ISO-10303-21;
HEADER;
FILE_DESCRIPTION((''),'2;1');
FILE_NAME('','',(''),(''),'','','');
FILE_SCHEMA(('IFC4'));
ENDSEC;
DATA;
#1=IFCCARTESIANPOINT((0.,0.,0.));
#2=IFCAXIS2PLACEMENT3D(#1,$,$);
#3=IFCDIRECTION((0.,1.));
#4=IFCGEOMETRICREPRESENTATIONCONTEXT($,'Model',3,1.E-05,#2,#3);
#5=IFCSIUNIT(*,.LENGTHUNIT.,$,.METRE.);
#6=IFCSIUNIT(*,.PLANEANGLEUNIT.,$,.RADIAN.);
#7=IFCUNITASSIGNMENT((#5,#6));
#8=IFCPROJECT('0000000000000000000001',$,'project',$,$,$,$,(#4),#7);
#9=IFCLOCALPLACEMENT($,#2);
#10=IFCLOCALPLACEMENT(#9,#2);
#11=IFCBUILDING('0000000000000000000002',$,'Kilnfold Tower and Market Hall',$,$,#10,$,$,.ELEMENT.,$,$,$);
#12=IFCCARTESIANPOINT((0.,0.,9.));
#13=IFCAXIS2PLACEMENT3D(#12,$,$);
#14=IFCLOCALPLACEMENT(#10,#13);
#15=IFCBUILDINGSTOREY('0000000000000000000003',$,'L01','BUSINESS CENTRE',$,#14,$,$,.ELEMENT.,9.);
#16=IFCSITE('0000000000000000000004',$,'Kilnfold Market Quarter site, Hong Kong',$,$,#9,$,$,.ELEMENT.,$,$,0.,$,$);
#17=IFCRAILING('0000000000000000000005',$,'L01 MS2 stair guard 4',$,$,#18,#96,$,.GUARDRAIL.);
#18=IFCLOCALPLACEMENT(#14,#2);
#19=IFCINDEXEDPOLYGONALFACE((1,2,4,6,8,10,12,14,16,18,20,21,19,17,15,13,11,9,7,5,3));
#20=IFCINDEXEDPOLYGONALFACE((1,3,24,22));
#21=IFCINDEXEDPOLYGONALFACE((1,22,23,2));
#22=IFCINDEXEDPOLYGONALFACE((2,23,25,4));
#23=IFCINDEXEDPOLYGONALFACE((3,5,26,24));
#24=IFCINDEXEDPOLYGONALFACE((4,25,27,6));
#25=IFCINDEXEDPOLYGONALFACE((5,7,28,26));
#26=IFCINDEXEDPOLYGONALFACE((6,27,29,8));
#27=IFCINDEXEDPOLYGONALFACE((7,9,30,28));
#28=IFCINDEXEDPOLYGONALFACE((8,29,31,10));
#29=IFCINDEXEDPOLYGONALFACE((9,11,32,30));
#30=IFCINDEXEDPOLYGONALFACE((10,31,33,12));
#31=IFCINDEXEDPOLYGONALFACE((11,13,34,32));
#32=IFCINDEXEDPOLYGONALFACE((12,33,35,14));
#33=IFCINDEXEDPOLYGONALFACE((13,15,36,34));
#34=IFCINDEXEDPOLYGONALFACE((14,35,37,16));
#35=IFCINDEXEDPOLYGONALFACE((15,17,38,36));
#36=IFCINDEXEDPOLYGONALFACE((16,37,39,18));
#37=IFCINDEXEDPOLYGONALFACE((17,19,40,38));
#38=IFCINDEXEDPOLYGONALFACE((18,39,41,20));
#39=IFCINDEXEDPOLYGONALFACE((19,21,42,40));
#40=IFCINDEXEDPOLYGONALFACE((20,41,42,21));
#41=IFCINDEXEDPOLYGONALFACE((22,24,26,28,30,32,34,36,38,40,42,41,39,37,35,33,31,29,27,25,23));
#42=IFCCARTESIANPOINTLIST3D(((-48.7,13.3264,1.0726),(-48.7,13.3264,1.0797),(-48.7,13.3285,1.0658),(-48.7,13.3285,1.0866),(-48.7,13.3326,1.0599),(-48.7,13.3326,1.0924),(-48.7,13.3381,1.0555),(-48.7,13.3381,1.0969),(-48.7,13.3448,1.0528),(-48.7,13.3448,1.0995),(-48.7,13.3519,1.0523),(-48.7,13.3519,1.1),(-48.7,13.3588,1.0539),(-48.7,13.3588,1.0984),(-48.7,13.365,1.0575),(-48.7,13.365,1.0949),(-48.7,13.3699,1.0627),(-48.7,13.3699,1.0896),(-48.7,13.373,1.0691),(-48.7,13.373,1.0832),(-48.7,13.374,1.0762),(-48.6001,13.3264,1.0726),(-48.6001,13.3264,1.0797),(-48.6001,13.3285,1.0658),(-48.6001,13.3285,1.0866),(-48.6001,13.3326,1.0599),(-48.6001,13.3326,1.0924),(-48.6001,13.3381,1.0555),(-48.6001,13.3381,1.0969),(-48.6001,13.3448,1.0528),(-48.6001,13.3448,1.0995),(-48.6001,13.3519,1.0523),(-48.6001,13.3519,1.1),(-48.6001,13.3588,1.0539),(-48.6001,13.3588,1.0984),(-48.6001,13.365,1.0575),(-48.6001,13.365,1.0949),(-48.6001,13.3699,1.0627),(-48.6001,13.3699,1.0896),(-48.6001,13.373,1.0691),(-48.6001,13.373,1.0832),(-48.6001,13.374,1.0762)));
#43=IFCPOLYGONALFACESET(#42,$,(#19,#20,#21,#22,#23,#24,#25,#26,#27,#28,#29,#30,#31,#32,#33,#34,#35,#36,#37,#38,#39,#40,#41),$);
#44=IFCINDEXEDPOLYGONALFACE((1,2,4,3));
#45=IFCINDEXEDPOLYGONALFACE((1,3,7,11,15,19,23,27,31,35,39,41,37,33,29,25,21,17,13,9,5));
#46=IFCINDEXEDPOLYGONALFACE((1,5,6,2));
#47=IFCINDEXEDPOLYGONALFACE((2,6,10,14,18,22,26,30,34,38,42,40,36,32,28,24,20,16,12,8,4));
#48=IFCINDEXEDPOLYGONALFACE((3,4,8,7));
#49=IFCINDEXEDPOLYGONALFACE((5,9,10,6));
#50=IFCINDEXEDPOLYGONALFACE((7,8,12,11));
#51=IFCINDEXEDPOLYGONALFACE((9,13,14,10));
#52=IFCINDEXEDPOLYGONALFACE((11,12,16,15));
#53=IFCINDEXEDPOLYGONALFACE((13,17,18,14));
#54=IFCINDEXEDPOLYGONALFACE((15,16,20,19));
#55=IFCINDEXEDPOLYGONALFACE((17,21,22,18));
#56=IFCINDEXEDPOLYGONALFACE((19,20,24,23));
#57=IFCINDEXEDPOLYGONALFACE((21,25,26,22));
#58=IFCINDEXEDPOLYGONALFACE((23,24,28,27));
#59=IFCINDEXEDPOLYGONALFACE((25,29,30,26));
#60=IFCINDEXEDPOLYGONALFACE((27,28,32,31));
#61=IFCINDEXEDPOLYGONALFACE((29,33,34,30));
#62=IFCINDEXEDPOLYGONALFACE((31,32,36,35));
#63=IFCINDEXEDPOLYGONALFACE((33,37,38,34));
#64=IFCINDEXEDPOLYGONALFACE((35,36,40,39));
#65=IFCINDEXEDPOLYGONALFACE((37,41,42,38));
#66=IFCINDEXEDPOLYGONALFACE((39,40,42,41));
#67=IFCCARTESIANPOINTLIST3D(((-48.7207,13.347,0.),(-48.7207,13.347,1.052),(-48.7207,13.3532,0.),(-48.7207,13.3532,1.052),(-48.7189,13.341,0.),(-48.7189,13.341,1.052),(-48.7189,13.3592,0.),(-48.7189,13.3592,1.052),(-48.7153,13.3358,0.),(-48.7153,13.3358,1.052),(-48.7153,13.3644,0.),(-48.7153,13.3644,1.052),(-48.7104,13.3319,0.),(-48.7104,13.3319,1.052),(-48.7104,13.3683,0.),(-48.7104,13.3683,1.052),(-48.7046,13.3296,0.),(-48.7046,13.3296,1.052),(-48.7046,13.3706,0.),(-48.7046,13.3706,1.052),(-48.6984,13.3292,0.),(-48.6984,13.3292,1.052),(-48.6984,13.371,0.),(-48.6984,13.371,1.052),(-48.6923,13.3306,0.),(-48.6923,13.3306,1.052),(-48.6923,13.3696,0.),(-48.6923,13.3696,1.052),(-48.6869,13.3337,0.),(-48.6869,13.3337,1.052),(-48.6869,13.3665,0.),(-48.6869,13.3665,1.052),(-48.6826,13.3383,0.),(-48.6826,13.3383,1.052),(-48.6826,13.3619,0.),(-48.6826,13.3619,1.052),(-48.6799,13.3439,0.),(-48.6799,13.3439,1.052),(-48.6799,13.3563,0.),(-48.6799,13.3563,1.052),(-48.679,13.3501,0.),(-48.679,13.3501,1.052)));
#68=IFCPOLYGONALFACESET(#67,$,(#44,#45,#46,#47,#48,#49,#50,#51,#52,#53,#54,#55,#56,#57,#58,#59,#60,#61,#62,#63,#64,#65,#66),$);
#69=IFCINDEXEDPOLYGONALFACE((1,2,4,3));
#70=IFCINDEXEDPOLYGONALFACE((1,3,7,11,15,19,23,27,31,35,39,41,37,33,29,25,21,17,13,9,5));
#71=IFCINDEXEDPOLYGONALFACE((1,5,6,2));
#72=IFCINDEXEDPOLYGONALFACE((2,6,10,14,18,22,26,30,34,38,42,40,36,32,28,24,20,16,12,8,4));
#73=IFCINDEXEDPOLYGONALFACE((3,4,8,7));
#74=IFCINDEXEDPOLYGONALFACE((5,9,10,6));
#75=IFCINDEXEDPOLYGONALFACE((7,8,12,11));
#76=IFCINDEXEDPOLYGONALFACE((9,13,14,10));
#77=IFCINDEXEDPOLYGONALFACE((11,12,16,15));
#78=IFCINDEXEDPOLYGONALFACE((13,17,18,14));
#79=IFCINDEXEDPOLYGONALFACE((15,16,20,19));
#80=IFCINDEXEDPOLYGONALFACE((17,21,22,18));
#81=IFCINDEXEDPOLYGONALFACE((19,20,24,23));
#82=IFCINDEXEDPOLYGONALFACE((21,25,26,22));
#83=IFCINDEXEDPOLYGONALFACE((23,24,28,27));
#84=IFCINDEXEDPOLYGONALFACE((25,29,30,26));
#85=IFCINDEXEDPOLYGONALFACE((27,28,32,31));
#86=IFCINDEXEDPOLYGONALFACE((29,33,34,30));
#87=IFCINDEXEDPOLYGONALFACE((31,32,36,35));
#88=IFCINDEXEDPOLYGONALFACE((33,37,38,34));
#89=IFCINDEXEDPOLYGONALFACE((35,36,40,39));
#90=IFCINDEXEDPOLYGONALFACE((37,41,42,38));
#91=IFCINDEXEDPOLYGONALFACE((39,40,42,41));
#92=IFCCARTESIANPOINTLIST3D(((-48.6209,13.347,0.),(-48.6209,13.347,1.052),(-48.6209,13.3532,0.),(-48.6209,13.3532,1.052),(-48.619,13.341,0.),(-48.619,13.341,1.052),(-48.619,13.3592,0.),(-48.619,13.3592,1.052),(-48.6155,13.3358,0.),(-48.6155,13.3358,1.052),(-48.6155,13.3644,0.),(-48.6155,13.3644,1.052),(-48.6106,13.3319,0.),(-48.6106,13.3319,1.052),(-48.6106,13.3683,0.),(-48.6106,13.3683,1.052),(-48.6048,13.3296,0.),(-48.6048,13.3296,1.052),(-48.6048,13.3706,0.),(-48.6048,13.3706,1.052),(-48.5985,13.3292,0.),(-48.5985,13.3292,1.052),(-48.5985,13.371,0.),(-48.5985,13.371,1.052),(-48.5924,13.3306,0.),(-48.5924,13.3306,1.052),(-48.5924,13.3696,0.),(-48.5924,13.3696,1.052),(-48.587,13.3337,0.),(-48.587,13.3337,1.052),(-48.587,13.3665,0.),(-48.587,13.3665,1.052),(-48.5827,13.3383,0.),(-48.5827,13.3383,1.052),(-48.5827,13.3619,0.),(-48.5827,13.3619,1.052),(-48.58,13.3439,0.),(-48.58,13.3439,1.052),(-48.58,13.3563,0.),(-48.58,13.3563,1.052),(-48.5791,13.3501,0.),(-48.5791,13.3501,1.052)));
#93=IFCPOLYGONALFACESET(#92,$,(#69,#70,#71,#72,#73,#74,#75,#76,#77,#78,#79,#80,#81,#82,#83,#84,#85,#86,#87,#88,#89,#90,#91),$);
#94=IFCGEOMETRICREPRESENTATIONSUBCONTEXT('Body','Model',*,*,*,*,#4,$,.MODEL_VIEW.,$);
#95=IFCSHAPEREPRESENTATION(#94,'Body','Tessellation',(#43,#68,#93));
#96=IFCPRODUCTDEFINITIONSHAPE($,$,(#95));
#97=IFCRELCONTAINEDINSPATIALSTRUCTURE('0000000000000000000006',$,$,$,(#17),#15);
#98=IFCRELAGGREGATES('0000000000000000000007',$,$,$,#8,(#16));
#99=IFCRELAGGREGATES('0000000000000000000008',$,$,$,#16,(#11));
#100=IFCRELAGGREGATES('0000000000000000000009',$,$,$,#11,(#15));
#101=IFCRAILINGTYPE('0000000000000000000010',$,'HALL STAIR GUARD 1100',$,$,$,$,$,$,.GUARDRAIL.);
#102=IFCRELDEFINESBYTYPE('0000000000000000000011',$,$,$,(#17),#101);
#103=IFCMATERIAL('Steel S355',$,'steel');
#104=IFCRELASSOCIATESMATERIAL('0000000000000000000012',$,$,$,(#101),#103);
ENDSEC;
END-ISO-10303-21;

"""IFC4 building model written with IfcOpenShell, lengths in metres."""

from ifc_helpers import new_model, si_unit, direction, frame, origin, origin_2d, place, context, subcontext, project, spatial, circle, extrude, material, type_object, element, save


model = new_model("IFC4")

# Units and contexts
model_context = context("Model", 3, precision=1e-05, world=origin(), true_north=direction((0.0, 1.0)))
body_context = subcontext(model_context, "Body", "Model", "MODEL_VIEW")
ifc_project = project(units=[si_unit("LENGTHUNIT", "METRE"), si_unit("PLANEANGLEUNIT", "RADIAN")], contexts=[model_context])

# Site, building, storey
site_placement = place(None, origin())
site = spatial("IfcSite", under=ifc_project, at=site_placement, Name="Kilnfold Market Quarter site, Hong Kong", CompositionType="ELEMENT", RefElevation=0.0)
building_placement = place(site_placement, origin())
building = spatial("IfcBuilding", under=site, at=building_placement, Name="Kilnfold Tower and Market Hall", CompositionType="ELEMENT")
storey_placement = place(building_placement, frame((0.0, 0.0, 9.0)))
storey = spatial("IfcBuildingStorey", under=building, at=storey_placement, Name="L01", Description="BUSINESS CENTRE", CompositionType="ELEMENT", Elevation=9.0)

# Railing
ifc_material_1 = material(Name="Steel S355", Category="steel")
railing_type_1 = type_object("IfcRailingType", Name="HALL STAIR GUARD 1100", PredefinedType="GUARDRAIL", material=ifc_material_1)
railing_1_placement = place(storey_placement, frame((-48.7, 13.3501, 0.0)))
element("IfcRailing", 1, at=railing_1_placement, inside=storey, type_object=railing_type_1, Name="L01 MS2 stair guard 4", PredefinedType="GUARDRAIL", context=body_context, shape_type="SweptSolid", body=[
    extrude(circle(Radius=0.0239, at=origin_2d()), frame((0.0, 0.0, 1.0762), z_axis=(1.0, 0.0, 0.0), x_axis=(0.0, 1.0, 0.0)), (0.0, 0.0, 1.0), 0.0999),
    extrude(circle(Radius=0.021, at=origin_2d()), origin(), (0.0, 0.0, 1.0), 1.052),
    extrude(circle(Radius=0.021, at=origin_2d()), frame((0.0999, 0.0, 0.0)), (0.0, 0.0, 1.0), 1.052),
])

save(model, "model.ifc")
